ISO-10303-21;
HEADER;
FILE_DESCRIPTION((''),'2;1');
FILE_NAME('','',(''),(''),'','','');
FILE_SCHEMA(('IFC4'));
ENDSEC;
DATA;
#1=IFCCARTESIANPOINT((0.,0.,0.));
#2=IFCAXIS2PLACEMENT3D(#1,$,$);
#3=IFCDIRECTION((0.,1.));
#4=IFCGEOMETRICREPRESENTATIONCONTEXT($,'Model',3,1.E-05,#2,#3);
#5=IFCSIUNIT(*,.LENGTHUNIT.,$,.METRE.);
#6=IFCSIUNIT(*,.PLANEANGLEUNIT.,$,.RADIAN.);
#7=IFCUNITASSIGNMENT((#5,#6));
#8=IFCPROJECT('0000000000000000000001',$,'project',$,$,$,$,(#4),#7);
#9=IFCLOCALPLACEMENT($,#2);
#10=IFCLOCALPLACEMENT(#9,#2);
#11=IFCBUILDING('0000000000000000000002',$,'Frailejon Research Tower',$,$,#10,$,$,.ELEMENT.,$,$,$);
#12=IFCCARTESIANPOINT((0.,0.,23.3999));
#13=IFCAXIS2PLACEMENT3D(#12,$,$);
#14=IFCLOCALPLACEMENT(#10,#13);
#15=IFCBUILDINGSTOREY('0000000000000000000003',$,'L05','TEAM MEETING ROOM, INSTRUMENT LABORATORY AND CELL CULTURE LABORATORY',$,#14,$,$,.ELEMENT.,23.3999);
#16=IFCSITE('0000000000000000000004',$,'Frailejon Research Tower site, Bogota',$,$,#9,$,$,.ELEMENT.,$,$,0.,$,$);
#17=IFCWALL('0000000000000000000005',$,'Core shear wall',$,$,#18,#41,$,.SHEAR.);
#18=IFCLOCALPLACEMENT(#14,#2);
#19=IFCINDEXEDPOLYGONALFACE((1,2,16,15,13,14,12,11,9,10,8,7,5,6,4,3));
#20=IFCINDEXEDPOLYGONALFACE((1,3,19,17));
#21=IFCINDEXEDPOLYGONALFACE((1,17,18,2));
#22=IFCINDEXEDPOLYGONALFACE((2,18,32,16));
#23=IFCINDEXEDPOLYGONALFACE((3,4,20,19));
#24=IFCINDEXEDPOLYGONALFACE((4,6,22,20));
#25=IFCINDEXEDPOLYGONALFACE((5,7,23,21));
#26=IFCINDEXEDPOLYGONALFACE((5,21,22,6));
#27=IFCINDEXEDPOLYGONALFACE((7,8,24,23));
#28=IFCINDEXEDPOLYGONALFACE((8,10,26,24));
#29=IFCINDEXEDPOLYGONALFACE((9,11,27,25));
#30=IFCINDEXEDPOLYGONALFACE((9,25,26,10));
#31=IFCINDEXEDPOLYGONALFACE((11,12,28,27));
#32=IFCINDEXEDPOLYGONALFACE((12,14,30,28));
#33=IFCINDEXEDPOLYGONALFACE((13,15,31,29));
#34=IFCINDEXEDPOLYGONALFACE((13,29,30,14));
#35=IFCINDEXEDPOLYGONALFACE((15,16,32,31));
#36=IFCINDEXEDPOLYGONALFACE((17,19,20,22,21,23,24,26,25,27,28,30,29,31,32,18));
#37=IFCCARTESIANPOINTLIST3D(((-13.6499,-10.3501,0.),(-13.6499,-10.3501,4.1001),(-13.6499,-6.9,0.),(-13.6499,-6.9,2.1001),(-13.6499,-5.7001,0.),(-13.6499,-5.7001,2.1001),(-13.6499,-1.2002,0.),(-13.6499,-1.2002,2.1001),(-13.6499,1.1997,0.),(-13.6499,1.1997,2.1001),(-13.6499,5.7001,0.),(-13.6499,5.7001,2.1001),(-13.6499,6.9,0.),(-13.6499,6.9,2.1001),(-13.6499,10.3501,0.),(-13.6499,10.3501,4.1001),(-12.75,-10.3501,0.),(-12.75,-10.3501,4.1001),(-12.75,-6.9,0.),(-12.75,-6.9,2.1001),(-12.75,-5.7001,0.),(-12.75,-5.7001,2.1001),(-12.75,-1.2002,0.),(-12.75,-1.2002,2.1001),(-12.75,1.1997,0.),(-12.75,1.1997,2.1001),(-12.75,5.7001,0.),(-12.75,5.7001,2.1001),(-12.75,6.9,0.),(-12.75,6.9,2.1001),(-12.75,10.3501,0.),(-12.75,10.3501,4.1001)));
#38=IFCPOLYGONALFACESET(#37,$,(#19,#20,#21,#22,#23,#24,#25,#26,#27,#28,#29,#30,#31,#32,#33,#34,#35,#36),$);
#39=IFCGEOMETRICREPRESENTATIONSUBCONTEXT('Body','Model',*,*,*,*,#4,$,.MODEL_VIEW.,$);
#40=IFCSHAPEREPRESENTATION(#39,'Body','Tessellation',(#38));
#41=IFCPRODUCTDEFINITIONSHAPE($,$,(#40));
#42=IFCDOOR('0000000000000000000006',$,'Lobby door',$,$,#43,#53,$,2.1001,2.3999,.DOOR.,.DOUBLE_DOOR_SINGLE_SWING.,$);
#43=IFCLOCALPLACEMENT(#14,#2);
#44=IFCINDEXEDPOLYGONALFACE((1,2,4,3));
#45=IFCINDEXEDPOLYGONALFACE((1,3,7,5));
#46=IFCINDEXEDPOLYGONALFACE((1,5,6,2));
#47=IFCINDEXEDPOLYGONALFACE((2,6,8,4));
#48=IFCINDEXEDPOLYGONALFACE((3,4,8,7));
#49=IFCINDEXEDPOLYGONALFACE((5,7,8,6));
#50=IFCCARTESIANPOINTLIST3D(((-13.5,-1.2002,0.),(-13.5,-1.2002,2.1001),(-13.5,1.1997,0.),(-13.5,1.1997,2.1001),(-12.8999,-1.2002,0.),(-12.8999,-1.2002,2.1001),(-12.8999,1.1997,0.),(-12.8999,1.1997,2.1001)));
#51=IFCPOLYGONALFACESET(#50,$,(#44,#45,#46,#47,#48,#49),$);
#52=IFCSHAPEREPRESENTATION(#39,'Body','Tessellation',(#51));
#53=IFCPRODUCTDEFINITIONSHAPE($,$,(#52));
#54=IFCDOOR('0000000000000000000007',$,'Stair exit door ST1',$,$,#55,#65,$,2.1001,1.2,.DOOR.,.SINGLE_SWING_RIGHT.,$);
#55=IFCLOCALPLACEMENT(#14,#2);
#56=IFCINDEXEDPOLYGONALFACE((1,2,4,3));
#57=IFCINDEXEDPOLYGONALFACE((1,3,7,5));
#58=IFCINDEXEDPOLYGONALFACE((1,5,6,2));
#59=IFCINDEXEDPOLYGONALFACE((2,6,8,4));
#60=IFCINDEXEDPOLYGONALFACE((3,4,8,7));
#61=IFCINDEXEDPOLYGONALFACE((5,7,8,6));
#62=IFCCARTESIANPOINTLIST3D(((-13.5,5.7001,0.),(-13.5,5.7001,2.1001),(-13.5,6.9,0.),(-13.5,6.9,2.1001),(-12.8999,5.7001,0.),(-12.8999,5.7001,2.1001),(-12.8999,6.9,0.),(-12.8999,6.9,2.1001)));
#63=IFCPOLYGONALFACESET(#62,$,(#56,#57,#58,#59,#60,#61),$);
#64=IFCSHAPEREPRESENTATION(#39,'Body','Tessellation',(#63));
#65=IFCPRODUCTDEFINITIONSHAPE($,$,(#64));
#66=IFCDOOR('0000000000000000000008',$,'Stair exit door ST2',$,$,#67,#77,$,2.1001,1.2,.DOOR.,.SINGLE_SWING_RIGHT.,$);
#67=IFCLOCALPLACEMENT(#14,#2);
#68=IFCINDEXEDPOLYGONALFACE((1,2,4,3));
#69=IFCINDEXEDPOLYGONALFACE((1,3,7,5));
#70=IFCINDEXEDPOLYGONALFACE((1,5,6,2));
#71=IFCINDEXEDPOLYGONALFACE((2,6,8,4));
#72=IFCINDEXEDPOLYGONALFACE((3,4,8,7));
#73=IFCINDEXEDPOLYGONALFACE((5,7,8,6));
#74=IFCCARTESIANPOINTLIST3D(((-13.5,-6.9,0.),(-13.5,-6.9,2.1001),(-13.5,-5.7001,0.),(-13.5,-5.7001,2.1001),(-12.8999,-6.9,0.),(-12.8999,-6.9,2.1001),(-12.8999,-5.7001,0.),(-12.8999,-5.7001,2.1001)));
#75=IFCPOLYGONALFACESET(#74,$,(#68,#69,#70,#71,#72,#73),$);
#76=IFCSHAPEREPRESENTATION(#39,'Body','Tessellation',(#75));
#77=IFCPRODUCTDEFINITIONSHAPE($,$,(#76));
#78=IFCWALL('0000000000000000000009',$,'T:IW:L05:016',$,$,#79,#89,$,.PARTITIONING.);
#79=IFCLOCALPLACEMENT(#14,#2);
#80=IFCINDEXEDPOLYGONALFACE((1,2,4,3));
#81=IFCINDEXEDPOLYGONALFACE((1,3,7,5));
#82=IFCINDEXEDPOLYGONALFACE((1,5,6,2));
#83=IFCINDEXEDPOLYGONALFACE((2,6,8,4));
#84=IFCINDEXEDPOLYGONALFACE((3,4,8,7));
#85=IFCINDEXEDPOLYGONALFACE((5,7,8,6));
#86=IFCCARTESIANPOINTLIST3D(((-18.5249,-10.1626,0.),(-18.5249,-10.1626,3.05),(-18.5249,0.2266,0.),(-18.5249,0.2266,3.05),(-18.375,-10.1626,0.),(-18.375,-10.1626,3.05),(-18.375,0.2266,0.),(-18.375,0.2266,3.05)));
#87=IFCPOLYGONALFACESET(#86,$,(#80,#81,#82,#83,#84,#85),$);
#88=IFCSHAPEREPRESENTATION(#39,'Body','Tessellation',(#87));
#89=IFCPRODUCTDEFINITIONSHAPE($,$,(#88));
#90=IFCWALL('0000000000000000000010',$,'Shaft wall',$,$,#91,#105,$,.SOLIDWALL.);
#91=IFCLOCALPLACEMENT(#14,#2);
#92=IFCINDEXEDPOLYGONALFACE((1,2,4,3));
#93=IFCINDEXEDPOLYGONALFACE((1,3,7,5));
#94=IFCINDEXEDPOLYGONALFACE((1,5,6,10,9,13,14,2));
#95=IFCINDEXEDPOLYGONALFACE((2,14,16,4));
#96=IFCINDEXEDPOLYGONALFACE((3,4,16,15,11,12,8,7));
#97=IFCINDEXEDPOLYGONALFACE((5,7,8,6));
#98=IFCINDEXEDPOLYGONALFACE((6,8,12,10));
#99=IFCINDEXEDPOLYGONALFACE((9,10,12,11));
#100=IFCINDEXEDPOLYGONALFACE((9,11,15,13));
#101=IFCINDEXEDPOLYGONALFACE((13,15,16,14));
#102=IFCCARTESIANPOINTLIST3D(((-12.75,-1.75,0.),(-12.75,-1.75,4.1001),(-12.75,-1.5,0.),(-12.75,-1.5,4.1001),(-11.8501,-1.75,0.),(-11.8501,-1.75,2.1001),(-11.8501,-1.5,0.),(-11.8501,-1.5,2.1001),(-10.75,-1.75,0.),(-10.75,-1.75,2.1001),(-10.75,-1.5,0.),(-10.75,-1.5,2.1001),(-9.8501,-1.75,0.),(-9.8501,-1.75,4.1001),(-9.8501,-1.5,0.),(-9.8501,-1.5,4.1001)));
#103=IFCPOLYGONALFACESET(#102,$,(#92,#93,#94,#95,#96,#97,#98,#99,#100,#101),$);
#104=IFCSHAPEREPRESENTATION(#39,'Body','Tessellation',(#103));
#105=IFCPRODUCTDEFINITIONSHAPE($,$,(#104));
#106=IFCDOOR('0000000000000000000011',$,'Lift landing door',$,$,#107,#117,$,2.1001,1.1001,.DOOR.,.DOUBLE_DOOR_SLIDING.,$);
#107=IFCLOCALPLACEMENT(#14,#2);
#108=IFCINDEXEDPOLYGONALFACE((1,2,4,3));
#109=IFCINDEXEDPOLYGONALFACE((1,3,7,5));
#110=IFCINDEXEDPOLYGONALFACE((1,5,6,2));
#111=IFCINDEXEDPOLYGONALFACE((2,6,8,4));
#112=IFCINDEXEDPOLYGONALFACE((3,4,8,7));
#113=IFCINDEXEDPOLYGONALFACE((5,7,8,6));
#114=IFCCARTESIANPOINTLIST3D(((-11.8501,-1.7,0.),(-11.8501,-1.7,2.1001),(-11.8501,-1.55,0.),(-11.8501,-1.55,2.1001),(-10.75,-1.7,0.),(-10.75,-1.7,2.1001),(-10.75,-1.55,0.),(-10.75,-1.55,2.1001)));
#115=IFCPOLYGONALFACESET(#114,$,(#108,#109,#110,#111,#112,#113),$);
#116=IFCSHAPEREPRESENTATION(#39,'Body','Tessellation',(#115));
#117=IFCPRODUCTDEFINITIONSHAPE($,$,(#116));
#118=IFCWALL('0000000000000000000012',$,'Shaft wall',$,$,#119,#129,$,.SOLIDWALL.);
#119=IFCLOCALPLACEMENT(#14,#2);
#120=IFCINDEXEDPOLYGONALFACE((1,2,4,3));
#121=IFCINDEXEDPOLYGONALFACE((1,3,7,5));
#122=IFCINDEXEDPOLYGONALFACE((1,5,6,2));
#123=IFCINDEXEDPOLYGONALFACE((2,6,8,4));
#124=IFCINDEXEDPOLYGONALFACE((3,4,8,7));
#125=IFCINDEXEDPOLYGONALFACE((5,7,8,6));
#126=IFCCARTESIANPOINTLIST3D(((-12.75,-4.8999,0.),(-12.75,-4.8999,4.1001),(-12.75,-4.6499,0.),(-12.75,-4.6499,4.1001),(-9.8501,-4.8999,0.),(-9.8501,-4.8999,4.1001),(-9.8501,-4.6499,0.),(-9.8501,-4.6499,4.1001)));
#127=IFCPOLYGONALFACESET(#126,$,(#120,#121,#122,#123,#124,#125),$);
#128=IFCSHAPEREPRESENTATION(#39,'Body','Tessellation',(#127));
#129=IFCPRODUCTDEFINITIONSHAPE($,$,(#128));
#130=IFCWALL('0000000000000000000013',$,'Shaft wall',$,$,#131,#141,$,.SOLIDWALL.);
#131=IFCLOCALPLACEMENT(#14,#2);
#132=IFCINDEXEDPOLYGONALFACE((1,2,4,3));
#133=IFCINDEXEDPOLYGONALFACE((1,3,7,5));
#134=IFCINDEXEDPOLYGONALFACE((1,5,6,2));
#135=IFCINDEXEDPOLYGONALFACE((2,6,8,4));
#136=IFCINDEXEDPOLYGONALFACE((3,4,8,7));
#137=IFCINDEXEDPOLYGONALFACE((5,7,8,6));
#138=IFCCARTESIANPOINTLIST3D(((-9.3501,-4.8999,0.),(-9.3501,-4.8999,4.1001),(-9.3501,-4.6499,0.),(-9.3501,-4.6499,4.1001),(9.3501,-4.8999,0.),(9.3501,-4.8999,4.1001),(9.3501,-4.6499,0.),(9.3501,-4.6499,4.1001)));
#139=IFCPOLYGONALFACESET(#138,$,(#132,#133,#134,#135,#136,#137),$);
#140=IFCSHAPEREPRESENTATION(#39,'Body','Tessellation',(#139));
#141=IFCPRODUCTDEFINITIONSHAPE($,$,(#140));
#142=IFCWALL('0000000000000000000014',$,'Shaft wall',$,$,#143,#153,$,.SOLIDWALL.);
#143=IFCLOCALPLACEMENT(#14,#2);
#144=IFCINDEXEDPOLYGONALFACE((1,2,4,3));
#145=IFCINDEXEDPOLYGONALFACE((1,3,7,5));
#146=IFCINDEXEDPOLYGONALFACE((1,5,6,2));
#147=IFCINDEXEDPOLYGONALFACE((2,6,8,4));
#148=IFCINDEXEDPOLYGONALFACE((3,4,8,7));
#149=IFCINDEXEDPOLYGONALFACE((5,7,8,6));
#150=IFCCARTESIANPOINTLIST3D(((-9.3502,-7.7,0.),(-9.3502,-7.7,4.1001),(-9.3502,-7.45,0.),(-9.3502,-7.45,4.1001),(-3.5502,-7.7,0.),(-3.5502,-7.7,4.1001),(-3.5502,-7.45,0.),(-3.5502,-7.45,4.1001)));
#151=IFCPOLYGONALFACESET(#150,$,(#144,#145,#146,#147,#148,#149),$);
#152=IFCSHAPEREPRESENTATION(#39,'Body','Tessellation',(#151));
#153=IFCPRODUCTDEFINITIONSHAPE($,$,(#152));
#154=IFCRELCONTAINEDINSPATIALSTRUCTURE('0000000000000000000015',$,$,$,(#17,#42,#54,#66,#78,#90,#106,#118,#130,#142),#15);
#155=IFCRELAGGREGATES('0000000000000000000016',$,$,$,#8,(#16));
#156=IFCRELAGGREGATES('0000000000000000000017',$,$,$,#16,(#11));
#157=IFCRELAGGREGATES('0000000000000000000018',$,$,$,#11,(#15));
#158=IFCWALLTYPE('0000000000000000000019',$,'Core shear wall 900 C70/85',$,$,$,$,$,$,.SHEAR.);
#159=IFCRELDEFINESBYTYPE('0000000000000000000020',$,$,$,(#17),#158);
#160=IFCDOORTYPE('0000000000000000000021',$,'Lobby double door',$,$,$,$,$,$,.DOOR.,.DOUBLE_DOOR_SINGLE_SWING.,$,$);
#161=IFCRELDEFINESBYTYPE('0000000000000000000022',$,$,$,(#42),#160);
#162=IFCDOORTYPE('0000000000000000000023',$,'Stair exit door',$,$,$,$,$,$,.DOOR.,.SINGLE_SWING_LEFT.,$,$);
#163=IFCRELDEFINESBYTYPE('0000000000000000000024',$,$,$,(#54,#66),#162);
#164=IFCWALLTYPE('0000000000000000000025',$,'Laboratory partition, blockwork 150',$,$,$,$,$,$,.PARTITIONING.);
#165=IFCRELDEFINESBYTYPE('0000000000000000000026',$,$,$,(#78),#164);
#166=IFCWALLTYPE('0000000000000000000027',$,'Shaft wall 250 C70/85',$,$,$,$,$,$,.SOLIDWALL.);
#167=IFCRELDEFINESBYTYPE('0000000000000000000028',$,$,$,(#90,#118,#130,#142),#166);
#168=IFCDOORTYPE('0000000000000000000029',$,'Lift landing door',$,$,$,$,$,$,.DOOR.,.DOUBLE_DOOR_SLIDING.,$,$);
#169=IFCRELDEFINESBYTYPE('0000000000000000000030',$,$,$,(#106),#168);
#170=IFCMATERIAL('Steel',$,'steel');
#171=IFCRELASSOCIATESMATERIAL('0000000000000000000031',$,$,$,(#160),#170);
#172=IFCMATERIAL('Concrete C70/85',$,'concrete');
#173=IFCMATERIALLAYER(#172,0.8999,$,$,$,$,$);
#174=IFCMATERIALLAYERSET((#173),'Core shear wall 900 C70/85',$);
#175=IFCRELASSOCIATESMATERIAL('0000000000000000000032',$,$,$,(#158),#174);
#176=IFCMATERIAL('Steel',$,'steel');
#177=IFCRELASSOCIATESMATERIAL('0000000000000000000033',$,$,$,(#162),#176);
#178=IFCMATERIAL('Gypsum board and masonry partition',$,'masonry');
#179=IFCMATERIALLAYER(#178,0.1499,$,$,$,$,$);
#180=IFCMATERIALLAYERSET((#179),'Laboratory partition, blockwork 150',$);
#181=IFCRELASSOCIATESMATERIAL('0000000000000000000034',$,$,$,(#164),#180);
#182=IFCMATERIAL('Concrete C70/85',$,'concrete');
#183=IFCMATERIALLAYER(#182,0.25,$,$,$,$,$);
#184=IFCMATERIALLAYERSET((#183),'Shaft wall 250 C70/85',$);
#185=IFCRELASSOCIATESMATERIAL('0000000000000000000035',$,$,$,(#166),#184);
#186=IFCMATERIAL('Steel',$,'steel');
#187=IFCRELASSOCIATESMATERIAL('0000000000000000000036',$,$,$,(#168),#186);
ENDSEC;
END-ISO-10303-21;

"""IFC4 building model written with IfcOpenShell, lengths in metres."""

from ifc_helpers import new_model, si_unit, direction, frame, frame_2d, origin, place, context, subcontext, project, spatial, rectangle, extrude, material, layer, layer_set, type_object, element, fill, save


model = new_model("IFC4")

# Units and contexts
model_context = context("Model", 3, precision=1e-05, world=origin(), true_north=direction((0.0, 1.0)))
body_context = subcontext(model_context, "Body", "Model", "MODEL_VIEW")
ifc_project = project(units=[si_unit("LENGTHUNIT", "METRE"), si_unit("PLANEANGLEUNIT", "RADIAN")], contexts=[model_context])

# Site, building, storey
site_placement = place(None, origin())
site = spatial("IfcSite", under=ifc_project, at=site_placement, Name="Frailejon Research Tower site, Bogota", CompositionType="ELEMENT", RefElevation=0.0)
building_placement = place(site_placement, origin())
building = spatial("IfcBuilding", under=site, at=building_placement, Name="Frailejon Research Tower", CompositionType="ELEMENT")
storey_placement = place(building_placement, frame((0.0, 0.0, 23.3999)))
storey = spatial("IfcBuildingStorey", under=building, at=storey_placement, Name="L05", Description="TEAM MEETING ROOM, INSTRUMENT LABORATORY AND CELL CULTURE LABORATORY", CompositionType="ELEMENT", Elevation=23.3999)

# Shared definitions
ifc_material_1 = material(Name="Steel", Category="steel")
door_type_1 = type_object("IfcDoorType", Name="Lobby double door", OperationType="DOUBLE_DOOR_SINGLE_SWING", PredefinedType="DOOR", material=ifc_material_1)

# Wall, openings, doors
ifc_material_2 = material(Name="Concrete C70/85", Category="concrete")
ifc_layer_1 = layer(ifc_material_2, 0.8999)
ifc_layer_set_1 = layer_set([ifc_layer_1], Name="Core shear wall 900 C70/85")
wall_type_1 = type_object("IfcWallType", Name="Core shear wall 900 C70/85", PredefinedType="SHEAR", material=ifc_layer_set_1)
wall_1_placement = place(storey_placement, frame((-13.2, -10.3501, 0.0), z_axis=(0.0, 0.0, 1.0), x_axis=(0.0, 1.0, 0.0)))
wall_1 = element("IfcWall", 1, at=wall_1_placement, inside=storey, type_object=wall_type_1, Name="Core shear wall", PredefinedType="SHEAR", context=body_context, shape_type="SweptSolid", body=[
    extrude(rectangle(XDim=20.7002, YDim=0.8999, at=frame_2d((10.3501, 0.0))), origin(), (0.0, 0.0, 1.0), 4.1001),
])
opening_1_placement = place(wall_1_placement, frame((9.1499, 0.0, 0.0)))
opening_1 = element("IfcOpeningElement", 2, at=opening_1_placement, cuts=wall_1, PredefinedType="OPENING", context=body_context, shape_type="SweptSolid", body=[
    extrude(rectangle(XDim=2.3999, YDim=2.1001, at=frame_2d((1.2, 1.05))), frame((0.0, 0.46, 0.0), z_axis=(0.0, -1.0, 0.0), x_axis=(1.0, 0.0, 0.0)), (0.0, 0.0, 1.0), 0.9199),
])
opening_2_placement = place(wall_1_placement, frame((16.05, 0.0, 0.0)))
opening_2 = element("IfcOpeningElement", 3, at=opening_2_placement, cuts=wall_1, PredefinedType="OPENING", context=body_context, shape_type="SweptSolid", body=[
    extrude(rectangle(XDim=1.2, YDim=2.1001, at=frame_2d((0.6001, 1.05))), frame((0.0, 0.46, 0.0), z_axis=(0.0, -1.0, 0.0), x_axis=(1.0, 0.0, 0.0)), (0.0, 0.0, 1.0), 0.9199),
])
opening_3_placement = place(wall_1_placement, frame((3.45, 0.0, 0.0)))
opening_3 = element("IfcOpeningElement", 4, at=opening_3_placement, cuts=wall_1, PredefinedType="OPENING", context=body_context, shape_type="SweptSolid", body=[
    extrude(rectangle(XDim=1.2, YDim=2.1001, at=frame_2d((0.6001, 1.05))), frame((0.0, 0.46, 0.0), z_axis=(0.0, -1.0, 0.0), x_axis=(1.0, 0.0, 0.0)), (0.0, 0.0, 1.0), 0.9199),
])
door_1_placement = place(opening_1_placement, origin())
door_1 = element("IfcDoor", 5, at=door_1_placement, inside=storey, type_object=door_type_1, Name="Lobby door", OperationType="DOUBLE_DOOR_SINGLE_SWING", OverallHeight=2.1001, OverallWidth=2.3999, PredefinedType="DOOR", context=body_context, shape_type="SweptSolid", body=[
    extrude(rectangle(XDim=2.3999, YDim=2.1001, at=frame_2d((1.2, 1.05))), frame((0.0, 0.3, 0.0), z_axis=(0.0, -1.0, 0.0), x_axis=(1.0, 0.0, 0.0)), (0.0, 0.0, 1.0), 0.6001),
])
fill(opening_1, door_1)
ifc_material_3 = material(Name="Steel", Category="steel")
door_type_2 = type_object("IfcDoorType", Name="Stair exit door", OperationType="SINGLE_SWING_LEFT", PredefinedType="DOOR", material=ifc_material_3)
door_2_placement = place(opening_2_placement, origin())
door_2 = element("IfcDoor", 6, at=door_2_placement, inside=storey, type_object=door_type_2, Name="Stair exit door ST1", OperationType="SINGLE_SWING_RIGHT", OverallHeight=2.1001, OverallWidth=1.2, PredefinedType="DOOR", context=body_context, shape_type="SweptSolid", body=[
    extrude(rectangle(XDim=1.2, YDim=2.1001, at=frame_2d((0.6001, 1.05))), frame((0.0, 0.3, 0.0), z_axis=(0.0, -1.0, 0.0), x_axis=(1.0, 0.0, 0.0)), (0.0, 0.0, 1.0), 0.6001),
])
fill(opening_2, door_2)
door_3_placement = place(opening_3_placement, origin())
door_3 = element("IfcDoor", 7, at=door_3_placement, inside=storey, type_object=door_type_2, Name="Stair exit door ST2", OperationType="SINGLE_SWING_RIGHT", OverallHeight=2.1001, OverallWidth=1.2, PredefinedType="DOOR", context=body_context, shape_type="SweptSolid", body=[
    extrude(rectangle(XDim=1.2, YDim=2.1001, at=frame_2d((0.6001, 1.05))), frame((0.0, 0.3, 0.0), z_axis=(0.0, -1.0, 0.0), x_axis=(1.0, 0.0, 0.0)), (0.0, 0.0, 1.0), 0.6001),
])
fill(opening_3, door_3)

# Wall
ifc_material_4 = material(Name="Gypsum board and masonry partition", Category="masonry")
ifc_layer_2 = layer(ifc_material_4, 0.1499)
ifc_layer_set_2 = layer_set([ifc_layer_2], Name="Laboratory partition, blockwork 150")
wall_type_2 = type_object("IfcWallType", Name="Laboratory partition, blockwork 150", PredefinedType="PARTITIONING", material=ifc_layer_set_2)
wall_2_placement = place(storey_placement, frame((-18.45, -10.1626, 0.0), z_axis=(0.0, 0.0, 1.0), x_axis=(0.0, 1.0, 0.0)))
element("IfcWall", 8, at=wall_2_placement, inside=storey, type_object=wall_type_2, Name="T:IW:L05:016", PredefinedType="PARTITIONING", context=body_context, shape_type="SweptSolid", body=[
    extrude(rectangle(XDim=10.3892, YDim=0.1499, at=frame_2d((5.1946, 0.0))), origin(), (0.0, 0.0, 1.0), 3.05),
])

# Wall, opening, door
ifc_material_5 = material(Name="Concrete C70/85", Category="concrete")
ifc_layer_3 = layer(ifc_material_5, 0.25)
ifc_layer_set_3 = layer_set([ifc_layer_3], Name="Shaft wall 250 C70/85")
wall_type_3 = type_object("IfcWallType", Name="Shaft wall 250 C70/85", PredefinedType="SOLIDWALL", material=ifc_layer_set_3)
wall_3_placement = place(storey_placement, frame((-12.75, -1.625, 0.0), z_axis=(0.0, 0.0, 1.0), x_axis=(1.0, 0.0, 0.0)))
wall_3 = element("IfcWall", 9, at=wall_3_placement, inside=storey, type_object=wall_type_3, Name="Shaft wall", PredefinedType="SOLIDWALL", context=body_context, shape_type="SweptSolid", body=[
    extrude(rectangle(XDim=2.8999, YDim=0.25, at=frame_2d((1.45, 0.0))), origin(), (0.0, 0.0, 1.0), 4.1001),
])
opening_4_placement = place(wall_3_placement, frame((0.8999, 0.0, 0.0)))
opening_4 = element("IfcOpeningElement", 10, at=opening_4_placement, cuts=wall_3, PredefinedType="OPENING", context=body_context, shape_type="SweptSolid", body=[
    extrude(rectangle(XDim=1.1001, YDim=2.1001, at=frame_2d((0.55, 1.05))), frame((0.0, 0.135, 0.0), z_axis=(0.0, -1.0, 0.0), x_axis=(1.0, 0.0, 0.0)), (0.0, 0.0, 1.0), 0.27),
])
ifc_material_6 = material(Name="Steel", Category="steel")
door_type_3 = type_object("IfcDoorType", Name="Lift landing door", OperationType="DOUBLE_DOOR_SLIDING", PredefinedType="DOOR", material=ifc_material_6)
door_4_placement = place(opening_4_placement, origin())
door_4 = element("IfcDoor", 11, at=door_4_placement, inside=storey, type_object=door_type_3, Name="Lift landing door", OperationType="DOUBLE_DOOR_SLIDING", OverallHeight=2.1001, OverallWidth=1.1001, PredefinedType="DOOR", context=body_context, shape_type="SweptSolid", body=[
    extrude(rectangle(XDim=1.1001, YDim=2.1001, at=frame_2d((0.55, 1.05))), frame((0.0, 0.075, 0.0), z_axis=(0.0, -1.0, 0.0), x_axis=(1.0, 0.0, 0.0)), (0.0, 0.0, 1.0), 0.1499),
])
fill(opening_4, door_4)

# Walls
wall_4_placement = place(storey_placement, frame((-12.75, -4.7749, 0.0), z_axis=(0.0, 0.0, 1.0), x_axis=(1.0, 0.0, 0.0)))
element("IfcWall", 12, at=wall_4_placement, inside=storey, type_object=wall_type_3, Name="Shaft wall", PredefinedType="SOLIDWALL", context=body_context, shape_type="SweptSolid", body=[
    extrude(rectangle(XDim=2.8999, YDim=0.25, at=frame_2d((1.45, 0.0))), origin(), (0.0, 0.0, 1.0), 4.1001),
])
wall_5_placement = place(storey_placement, frame((-9.3501, -4.7749, 0.0), z_axis=(0.0, 0.0, 1.0), x_axis=(1.0, 0.0, 0.0)))
element("IfcWall", 13, at=wall_5_placement, inside=storey, type_object=wall_type_3, Name="Shaft wall", PredefinedType="SOLIDWALL", context=body_context, shape_type="SweptSolid", body=[
    extrude(rectangle(XDim=18.7002, YDim=0.25, at=frame_2d((9.3501, 0.0))), origin(), (0.0, 0.0, 1.0), 4.1001),
])
wall_6_placement = place(storey_placement, frame((-9.3501, -7.575, 0.0), z_axis=(0.0, 0.0, 1.0), x_axis=(1.0, 0.0, 0.0)))
element("IfcWall", 14, at=wall_6_placement, inside=storey, type_object=wall_type_3, Name="Shaft wall", PredefinedType="SOLIDWALL", context=body_context, shape_type="SweptSolid", body=[
    extrude(rectangle(XDim=5.8, YDim=0.25, at=frame_2d((2.8999, 0.0))), origin(), (0.0, 0.0, 1.0), 4.1001),
])

save(model, "model.ifc")
